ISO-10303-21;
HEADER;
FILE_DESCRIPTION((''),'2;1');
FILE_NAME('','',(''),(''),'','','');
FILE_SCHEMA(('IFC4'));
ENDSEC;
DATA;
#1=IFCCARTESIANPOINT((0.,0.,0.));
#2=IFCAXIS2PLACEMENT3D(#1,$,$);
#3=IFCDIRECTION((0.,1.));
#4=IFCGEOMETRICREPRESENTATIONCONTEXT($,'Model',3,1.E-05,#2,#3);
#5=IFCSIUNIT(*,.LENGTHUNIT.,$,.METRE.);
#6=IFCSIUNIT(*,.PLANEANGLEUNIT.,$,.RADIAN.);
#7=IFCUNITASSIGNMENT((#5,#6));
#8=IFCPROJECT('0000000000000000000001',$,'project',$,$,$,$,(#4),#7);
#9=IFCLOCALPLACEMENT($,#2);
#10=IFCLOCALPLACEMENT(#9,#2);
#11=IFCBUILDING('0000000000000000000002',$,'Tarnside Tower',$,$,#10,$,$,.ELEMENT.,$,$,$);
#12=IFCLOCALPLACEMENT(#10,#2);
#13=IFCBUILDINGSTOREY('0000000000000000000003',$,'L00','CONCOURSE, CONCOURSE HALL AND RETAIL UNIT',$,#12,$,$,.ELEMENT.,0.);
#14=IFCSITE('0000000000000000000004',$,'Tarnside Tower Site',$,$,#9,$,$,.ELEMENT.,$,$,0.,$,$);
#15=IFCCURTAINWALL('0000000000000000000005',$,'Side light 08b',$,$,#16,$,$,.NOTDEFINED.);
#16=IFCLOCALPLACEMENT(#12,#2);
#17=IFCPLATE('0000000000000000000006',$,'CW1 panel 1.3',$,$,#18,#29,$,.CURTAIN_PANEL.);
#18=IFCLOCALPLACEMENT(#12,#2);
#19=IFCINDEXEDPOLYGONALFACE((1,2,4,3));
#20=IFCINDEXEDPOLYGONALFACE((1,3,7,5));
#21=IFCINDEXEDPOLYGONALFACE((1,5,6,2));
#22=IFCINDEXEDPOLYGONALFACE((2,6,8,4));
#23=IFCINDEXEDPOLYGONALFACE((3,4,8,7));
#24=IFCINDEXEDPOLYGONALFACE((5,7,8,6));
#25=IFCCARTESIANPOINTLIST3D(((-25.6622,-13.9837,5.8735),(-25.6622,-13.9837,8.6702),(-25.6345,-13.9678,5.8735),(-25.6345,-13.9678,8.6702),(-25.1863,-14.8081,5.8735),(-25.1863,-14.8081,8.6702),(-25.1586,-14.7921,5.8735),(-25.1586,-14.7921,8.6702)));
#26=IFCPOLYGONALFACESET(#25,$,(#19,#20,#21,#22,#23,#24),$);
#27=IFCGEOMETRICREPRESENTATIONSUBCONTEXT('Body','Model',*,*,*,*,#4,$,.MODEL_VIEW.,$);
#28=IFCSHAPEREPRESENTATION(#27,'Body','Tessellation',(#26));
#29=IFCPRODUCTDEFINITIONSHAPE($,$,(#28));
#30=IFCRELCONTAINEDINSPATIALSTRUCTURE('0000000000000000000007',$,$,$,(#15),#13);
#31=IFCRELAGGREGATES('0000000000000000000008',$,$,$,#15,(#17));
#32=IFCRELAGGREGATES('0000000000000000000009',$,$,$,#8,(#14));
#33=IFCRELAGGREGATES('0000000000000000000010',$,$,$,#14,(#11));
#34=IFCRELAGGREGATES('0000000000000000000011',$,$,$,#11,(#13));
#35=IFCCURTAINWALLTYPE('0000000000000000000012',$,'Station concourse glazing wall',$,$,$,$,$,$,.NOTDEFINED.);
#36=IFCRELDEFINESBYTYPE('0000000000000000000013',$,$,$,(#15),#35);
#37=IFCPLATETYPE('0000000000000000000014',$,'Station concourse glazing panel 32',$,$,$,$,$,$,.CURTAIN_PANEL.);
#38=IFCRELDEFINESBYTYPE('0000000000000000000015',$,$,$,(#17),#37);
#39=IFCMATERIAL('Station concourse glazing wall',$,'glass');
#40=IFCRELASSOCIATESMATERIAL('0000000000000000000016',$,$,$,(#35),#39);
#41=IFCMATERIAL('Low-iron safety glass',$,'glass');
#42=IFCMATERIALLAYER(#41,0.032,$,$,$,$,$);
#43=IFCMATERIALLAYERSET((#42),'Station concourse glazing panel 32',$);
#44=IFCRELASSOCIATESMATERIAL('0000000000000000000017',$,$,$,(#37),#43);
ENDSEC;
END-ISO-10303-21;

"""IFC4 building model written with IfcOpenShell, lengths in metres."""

from ifc_helpers import new_model, si_unit, direction, frame, origin, origin_2d, place, context, subcontext, project, spatial, rectangle, extrude, material, layer, layer_set, type_object, element, aggregate, save


model = new_model("IFC4")

# Units and contexts
model_context = context("Model", 3, precision=1e-05, world=origin(), true_north=direction((0.0, 1.0)))
body_context = subcontext(model_context, "Body", "Model", "MODEL_VIEW")
ifc_project = project(units=[si_unit("LENGTHUNIT", "METRE"), si_unit("PLANEANGLEUNIT", "RADIAN")], contexts=[model_context])

# Site, building, storey
site_placement = place(None, origin())
site = spatial("IfcSite", under=ifc_project, at=site_placement, Name="Tarnside Tower Site", CompositionType="ELEMENT", RefElevation=0.0)
building_placement = place(site_placement, origin())
building = spatial("IfcBuilding", under=site, at=building_placement, Name="Tarnside Tower", CompositionType="ELEMENT")
storey_placement = place(building_placement, origin())
storey = spatial("IfcBuildingStorey", under=building, at=storey_placement, Name="L00", Description="CONCOURSE, CONCOURSE HALL AND RETAIL UNIT", CompositionType="ELEMENT", Elevation=0.0)

# Curtain wall
ifc_material_1 = material(Name="Station concourse glazing wall", Category="glass")
curtain_wall_type = type_object("IfcCurtainWallType", Name="Station concourse glazing wall", PredefinedType="NOTDEFINED", material=ifc_material_1)
curtain_wall_1_placement = place(storey_placement, origin())
curtain_wall_1 = element("IfcCurtainWall", 1, at=curtain_wall_1_placement, inside=storey, type_object=curtain_wall_type, Name="Side light 08b", PredefinedType="NOTDEFINED")

# Plate
ifc_material_2 = material(Name="Low-iron safety glass", Category="glass")
ifc_layer = layer(ifc_material_2, 0.032)
ifc_layer_set = layer_set([ifc_layer], Name="Station concourse glazing panel 32")
plate_type = type_object("IfcPlateType", Name="Station concourse glazing panel 32", PredefinedType="CURTAIN_PANEL", material=ifc_layer_set)
plate_1_placement = place(storey_placement, frame((-25.4104, -14.3879, 5.8735), z_axis=(0.0, 0.0, 1.0), x_axis=(0.5, -0.866025, 0.0)))
plate_1 = element("IfcPlate", 2, at=plate_1_placement, type_object=plate_type, Name="CW1 panel 1.3", PredefinedType="CURTAIN_PANEL", context=body_context, shape_type="SweptSolid", body=[
    extrude(rectangle(XDim=0.9519, YDim=0.032, at=origin_2d()), origin(), (0.0, 0.0, 1.0), 2.7966),
])
aggregate(curtain_wall_1, [plate_1])

save(model, "model.ifc")
